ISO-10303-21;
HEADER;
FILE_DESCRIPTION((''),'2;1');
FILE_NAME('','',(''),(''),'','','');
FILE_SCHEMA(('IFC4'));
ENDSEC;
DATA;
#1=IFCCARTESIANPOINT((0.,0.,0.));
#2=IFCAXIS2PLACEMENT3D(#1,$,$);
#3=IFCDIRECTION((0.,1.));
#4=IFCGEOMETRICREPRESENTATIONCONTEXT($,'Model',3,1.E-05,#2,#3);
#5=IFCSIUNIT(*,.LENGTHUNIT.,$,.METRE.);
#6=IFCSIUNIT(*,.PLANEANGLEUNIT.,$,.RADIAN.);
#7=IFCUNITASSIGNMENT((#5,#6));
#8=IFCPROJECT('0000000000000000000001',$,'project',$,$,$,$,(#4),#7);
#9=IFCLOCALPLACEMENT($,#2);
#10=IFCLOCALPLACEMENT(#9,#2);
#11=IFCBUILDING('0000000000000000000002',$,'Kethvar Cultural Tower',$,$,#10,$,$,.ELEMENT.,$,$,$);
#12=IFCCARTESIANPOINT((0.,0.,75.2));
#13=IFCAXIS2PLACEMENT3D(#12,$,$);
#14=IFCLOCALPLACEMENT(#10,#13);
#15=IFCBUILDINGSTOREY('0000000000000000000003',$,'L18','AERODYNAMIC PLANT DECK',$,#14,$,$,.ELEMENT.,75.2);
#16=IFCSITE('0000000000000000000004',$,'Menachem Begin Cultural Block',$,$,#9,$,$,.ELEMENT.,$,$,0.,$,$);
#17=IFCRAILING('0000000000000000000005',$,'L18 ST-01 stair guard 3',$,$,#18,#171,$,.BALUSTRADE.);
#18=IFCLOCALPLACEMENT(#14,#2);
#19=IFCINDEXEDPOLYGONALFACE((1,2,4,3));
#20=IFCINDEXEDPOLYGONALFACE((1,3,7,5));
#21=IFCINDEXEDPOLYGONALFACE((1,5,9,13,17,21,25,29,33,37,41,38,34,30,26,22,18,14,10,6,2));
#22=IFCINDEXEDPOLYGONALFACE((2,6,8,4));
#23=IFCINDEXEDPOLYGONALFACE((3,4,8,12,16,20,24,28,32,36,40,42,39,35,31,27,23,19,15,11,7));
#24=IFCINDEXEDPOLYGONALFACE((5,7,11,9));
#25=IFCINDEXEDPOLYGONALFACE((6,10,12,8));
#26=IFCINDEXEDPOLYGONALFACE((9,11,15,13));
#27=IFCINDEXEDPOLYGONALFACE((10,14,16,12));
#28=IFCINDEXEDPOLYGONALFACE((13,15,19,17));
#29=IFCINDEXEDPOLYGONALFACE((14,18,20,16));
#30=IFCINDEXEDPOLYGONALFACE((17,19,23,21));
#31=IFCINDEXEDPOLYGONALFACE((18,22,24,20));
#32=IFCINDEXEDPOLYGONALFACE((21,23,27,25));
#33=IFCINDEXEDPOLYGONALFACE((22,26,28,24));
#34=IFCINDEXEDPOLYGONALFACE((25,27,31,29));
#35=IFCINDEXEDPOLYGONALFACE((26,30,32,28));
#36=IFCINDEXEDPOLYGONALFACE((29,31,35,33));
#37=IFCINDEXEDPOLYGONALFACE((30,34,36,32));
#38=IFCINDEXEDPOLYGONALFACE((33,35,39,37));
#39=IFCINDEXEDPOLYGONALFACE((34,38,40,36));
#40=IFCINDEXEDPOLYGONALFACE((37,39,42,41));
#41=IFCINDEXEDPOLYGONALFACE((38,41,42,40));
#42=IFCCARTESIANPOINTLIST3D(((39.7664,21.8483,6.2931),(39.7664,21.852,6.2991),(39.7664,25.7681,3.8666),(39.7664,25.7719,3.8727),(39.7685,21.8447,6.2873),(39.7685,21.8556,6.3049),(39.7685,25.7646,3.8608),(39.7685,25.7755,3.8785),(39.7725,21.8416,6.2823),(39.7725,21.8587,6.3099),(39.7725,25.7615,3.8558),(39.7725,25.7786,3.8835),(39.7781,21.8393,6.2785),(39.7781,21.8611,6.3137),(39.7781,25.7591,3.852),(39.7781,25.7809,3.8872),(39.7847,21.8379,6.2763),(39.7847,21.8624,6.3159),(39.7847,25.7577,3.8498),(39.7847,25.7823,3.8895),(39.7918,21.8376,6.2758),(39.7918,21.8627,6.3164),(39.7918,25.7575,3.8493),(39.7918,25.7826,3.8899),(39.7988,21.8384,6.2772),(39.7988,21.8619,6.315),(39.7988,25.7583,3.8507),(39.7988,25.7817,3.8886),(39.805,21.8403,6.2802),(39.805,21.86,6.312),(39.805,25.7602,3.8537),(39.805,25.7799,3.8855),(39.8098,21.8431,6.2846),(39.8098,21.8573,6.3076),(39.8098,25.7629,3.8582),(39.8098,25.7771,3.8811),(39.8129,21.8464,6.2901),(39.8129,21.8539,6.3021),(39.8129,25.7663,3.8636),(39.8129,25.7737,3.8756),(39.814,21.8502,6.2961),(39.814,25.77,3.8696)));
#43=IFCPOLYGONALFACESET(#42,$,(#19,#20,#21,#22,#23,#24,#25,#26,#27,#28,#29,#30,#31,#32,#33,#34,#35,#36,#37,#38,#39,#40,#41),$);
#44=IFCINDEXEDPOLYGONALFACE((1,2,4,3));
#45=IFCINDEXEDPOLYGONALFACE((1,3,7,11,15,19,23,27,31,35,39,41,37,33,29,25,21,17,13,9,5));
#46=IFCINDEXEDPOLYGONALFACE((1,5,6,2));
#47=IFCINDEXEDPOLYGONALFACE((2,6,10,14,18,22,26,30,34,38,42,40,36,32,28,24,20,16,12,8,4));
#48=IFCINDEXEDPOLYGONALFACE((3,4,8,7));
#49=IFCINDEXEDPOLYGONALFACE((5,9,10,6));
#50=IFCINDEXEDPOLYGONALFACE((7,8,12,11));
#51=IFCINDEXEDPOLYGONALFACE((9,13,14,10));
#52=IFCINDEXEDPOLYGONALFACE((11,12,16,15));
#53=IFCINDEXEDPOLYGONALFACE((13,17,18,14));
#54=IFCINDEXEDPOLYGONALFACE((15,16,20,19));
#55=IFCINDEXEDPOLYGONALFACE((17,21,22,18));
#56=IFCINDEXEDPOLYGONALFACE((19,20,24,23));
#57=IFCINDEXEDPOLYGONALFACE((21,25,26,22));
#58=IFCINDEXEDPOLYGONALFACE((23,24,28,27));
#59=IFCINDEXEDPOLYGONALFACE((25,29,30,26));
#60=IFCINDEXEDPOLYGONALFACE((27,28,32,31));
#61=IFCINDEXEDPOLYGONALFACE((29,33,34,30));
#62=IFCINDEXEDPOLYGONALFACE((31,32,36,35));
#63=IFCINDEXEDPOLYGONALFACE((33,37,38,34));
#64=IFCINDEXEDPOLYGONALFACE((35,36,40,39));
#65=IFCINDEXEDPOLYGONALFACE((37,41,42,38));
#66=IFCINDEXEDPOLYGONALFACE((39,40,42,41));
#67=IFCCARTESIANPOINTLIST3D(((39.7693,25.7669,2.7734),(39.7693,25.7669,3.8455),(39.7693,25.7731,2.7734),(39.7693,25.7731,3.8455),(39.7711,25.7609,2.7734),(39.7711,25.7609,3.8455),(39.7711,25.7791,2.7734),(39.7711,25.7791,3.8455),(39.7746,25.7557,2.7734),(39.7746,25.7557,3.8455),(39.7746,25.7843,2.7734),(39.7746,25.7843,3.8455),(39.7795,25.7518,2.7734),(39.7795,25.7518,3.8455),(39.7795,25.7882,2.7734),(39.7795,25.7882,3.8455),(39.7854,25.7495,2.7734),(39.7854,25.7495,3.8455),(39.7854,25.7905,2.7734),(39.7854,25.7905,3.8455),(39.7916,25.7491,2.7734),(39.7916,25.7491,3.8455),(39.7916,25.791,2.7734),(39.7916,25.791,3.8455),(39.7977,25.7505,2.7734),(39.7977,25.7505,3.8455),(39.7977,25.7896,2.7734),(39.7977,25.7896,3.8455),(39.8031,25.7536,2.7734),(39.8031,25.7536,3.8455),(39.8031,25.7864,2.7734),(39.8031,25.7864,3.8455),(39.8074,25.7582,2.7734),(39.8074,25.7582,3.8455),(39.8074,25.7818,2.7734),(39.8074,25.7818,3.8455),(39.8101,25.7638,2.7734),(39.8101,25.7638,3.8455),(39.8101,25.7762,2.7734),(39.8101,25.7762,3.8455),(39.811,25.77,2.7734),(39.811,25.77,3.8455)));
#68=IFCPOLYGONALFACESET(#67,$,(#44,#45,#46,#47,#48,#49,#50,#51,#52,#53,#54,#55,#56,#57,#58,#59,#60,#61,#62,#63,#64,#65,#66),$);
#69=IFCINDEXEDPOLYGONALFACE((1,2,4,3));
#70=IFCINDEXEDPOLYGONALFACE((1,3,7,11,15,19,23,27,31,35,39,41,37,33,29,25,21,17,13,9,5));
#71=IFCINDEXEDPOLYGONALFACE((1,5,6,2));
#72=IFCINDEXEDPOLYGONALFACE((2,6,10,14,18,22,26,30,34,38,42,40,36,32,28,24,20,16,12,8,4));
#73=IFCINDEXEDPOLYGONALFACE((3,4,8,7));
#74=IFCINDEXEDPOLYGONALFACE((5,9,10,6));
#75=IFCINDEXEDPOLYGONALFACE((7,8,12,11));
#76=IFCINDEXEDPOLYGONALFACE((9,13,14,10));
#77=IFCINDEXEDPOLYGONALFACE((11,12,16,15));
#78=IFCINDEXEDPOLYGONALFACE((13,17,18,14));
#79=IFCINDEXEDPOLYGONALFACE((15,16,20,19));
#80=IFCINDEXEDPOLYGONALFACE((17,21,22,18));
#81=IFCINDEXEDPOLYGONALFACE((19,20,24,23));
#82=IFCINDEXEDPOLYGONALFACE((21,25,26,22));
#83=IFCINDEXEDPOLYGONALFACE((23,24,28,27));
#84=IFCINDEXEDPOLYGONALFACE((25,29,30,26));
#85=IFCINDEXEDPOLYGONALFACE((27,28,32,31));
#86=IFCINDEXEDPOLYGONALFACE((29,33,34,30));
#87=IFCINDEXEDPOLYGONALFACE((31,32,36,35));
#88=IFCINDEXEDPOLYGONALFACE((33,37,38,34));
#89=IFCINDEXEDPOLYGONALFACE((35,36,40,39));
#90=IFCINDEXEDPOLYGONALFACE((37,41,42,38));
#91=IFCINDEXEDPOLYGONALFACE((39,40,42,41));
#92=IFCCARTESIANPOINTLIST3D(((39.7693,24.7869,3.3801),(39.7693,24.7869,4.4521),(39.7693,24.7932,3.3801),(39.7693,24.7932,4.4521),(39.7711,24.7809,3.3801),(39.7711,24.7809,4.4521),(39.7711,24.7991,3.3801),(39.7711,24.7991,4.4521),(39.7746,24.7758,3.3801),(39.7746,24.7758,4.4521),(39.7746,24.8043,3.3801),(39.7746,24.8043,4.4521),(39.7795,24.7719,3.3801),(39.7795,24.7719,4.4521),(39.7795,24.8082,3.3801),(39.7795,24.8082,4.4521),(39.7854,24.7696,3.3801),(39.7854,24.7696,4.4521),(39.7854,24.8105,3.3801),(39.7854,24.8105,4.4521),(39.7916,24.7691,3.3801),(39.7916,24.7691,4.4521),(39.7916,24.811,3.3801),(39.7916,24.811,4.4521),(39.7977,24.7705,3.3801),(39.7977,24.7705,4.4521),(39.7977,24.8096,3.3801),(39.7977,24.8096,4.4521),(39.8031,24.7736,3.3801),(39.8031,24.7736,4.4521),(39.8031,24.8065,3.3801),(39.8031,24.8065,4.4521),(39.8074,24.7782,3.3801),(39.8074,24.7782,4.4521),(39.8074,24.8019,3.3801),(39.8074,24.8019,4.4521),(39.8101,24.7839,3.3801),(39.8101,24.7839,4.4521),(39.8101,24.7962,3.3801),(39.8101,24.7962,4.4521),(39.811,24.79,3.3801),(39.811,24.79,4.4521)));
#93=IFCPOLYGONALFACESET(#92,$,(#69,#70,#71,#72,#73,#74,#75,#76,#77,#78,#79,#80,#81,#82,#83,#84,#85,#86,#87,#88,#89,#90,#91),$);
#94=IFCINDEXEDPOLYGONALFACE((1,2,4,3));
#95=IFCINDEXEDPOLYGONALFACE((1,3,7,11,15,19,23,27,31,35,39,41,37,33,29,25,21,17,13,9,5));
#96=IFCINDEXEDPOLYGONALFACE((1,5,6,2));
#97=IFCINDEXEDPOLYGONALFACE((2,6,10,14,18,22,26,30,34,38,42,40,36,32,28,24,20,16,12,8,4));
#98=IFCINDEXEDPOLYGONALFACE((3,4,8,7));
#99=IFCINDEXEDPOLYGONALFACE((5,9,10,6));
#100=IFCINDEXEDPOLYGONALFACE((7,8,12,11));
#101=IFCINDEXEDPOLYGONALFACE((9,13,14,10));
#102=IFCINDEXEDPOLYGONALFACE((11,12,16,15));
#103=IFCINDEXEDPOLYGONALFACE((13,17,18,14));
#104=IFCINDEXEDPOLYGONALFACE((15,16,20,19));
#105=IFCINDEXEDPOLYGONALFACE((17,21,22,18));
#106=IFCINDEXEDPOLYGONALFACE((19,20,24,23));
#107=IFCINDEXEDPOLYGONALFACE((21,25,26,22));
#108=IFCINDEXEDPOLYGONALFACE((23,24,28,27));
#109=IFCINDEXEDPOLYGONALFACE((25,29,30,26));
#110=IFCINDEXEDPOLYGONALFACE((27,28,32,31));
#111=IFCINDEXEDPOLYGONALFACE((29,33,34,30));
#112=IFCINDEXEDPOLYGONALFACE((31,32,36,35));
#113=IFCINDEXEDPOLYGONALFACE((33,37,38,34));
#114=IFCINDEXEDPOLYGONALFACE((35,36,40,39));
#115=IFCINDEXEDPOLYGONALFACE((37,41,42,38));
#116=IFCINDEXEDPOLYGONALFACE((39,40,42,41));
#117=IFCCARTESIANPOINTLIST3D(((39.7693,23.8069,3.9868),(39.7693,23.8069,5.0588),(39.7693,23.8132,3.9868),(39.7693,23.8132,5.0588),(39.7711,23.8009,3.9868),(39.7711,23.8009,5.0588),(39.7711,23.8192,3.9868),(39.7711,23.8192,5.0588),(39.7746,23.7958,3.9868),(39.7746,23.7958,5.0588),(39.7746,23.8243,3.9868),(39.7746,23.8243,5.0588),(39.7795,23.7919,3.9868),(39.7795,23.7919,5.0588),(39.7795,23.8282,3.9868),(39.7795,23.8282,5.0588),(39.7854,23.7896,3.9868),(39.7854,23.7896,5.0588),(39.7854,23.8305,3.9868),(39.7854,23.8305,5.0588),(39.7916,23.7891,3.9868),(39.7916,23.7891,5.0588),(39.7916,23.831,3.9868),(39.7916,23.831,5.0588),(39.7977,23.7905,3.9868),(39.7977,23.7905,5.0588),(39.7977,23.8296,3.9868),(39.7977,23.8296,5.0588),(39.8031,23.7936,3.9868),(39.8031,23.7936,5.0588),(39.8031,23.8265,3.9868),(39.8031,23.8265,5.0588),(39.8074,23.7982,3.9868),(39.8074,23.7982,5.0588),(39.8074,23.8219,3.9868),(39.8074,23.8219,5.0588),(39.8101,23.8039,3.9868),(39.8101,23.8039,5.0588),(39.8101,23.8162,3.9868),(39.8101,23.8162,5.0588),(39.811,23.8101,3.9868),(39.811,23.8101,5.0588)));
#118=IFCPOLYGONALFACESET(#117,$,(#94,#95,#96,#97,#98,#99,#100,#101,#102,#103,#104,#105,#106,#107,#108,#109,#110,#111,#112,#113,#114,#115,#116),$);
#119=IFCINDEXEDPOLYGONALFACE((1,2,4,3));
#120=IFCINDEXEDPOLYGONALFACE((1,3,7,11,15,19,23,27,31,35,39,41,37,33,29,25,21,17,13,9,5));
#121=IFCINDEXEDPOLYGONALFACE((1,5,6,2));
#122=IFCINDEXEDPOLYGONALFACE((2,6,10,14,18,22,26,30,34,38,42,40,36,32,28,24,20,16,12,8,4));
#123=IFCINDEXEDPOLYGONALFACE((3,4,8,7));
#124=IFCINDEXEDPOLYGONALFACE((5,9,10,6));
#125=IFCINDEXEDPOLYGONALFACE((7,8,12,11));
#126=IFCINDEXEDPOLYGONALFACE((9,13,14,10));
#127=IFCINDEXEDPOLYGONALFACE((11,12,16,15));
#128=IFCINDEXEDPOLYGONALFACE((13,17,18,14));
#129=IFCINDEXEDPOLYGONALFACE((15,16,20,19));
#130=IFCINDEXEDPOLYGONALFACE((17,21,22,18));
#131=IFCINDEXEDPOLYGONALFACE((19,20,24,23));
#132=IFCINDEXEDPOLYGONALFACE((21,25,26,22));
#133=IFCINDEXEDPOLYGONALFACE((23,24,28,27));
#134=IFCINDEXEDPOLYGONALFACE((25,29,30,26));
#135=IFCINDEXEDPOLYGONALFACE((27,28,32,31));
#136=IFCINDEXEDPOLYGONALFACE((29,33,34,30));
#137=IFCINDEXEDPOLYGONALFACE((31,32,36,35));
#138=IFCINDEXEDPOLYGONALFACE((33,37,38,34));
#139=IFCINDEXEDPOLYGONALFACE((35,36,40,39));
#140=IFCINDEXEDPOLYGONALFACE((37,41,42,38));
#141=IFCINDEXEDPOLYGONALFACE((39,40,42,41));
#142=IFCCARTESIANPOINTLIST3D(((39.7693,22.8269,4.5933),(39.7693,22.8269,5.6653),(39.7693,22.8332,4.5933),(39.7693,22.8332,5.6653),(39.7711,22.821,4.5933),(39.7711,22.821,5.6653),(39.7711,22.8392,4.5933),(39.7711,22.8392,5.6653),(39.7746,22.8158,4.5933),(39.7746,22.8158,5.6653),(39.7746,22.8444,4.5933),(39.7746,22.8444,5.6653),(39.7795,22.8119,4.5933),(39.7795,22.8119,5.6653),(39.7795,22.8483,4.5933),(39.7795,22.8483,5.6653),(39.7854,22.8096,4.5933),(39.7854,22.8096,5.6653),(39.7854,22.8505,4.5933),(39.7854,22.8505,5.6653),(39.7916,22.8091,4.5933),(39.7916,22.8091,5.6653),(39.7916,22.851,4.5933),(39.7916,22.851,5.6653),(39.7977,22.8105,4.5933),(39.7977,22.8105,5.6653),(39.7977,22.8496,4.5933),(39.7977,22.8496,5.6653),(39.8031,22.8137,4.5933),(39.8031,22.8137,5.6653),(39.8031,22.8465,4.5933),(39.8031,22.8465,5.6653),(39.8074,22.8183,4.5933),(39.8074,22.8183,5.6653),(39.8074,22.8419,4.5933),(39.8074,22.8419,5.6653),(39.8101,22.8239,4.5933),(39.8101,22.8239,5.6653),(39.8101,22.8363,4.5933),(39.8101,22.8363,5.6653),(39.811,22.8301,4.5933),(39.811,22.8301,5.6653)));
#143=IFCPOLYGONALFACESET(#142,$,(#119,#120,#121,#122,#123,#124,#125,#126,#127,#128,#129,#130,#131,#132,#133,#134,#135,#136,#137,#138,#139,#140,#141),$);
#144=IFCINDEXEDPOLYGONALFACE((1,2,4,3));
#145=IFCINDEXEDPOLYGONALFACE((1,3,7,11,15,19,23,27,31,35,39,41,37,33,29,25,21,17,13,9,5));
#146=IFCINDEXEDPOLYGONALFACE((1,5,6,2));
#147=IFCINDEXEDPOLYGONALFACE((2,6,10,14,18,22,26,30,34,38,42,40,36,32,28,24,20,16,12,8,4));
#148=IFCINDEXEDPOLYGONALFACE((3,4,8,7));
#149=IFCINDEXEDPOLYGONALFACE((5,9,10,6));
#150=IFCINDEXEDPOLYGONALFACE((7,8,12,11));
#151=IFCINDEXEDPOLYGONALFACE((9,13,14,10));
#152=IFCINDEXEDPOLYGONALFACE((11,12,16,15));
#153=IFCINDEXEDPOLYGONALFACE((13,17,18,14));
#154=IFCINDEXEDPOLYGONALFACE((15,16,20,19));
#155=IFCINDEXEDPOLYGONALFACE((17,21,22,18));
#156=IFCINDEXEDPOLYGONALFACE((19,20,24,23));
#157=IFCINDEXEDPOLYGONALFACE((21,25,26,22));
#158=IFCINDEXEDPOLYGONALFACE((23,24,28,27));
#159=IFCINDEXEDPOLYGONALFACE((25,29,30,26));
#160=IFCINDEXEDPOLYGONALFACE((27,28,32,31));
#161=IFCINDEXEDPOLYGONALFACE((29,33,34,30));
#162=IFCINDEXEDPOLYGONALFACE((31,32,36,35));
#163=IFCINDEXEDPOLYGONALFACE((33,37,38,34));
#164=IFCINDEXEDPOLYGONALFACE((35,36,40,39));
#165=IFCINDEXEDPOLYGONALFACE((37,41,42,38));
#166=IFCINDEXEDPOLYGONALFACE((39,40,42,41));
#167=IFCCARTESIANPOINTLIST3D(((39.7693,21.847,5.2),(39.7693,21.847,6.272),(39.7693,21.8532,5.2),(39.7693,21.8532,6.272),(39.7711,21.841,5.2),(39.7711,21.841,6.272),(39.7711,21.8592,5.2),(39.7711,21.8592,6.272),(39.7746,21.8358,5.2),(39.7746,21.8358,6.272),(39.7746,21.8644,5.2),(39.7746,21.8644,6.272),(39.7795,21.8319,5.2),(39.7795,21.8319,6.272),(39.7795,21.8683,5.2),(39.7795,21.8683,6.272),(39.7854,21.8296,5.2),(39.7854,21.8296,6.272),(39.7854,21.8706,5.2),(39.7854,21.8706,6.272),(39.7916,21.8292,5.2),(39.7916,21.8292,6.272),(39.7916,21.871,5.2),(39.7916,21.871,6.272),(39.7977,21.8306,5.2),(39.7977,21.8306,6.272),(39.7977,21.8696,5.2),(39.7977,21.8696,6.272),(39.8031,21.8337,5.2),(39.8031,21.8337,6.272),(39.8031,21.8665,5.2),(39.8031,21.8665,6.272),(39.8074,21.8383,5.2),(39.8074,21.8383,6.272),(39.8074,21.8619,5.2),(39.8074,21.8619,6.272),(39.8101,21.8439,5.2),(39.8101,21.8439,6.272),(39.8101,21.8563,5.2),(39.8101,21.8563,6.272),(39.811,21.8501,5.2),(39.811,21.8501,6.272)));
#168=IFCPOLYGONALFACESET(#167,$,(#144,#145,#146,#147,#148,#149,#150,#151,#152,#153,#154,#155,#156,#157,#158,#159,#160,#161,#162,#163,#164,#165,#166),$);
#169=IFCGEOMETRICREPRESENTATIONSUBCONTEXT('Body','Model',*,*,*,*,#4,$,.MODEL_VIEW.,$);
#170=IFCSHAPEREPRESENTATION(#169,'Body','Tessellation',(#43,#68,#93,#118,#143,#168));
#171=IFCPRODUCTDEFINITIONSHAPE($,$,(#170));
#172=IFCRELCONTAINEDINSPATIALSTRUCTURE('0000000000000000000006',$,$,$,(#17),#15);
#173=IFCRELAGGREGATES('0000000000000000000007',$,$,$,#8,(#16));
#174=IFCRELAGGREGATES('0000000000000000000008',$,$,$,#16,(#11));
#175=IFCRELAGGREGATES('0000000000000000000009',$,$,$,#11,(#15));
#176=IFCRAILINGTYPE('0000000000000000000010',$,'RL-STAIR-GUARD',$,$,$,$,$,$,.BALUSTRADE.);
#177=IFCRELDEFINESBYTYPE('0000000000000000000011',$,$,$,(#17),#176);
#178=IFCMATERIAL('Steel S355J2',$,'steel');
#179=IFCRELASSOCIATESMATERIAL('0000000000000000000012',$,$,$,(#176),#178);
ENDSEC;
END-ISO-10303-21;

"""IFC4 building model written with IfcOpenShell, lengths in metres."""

from ifc_helpers import new_model, si_unit, direction, frame, origin, origin_2d, place, context, subcontext, project, spatial, circle, extrude, material, type_object, element, save


model = new_model("IFC4")

# Units and contexts
model_context = context("Model", 3, precision=1e-05, world=origin(), true_north=direction((0.0, 1.0)))
body_context = subcontext(model_context, "Body", "Model", "MODEL_VIEW")
ifc_project = project(units=[si_unit("LENGTHUNIT", "METRE"), si_unit("PLANEANGLEUNIT", "RADIAN")], contexts=[model_context])

# Site, building, storey
site_placement = place(None, origin())
site = spatial("IfcSite", under=ifc_project, at=site_placement, Name="Menachem Begin Cultural Block", CompositionType="ELEMENT", RefElevation=0.0)
building_placement = place(site_placement, origin())
building = spatial("IfcBuilding", under=site, at=building_placement, Name="Kethvar Cultural Tower", CompositionType="ELEMENT")
storey_placement = place(building_placement, frame((0.0, 0.0, 75.2)))
storey = spatial("IfcBuildingStorey", under=building, at=storey_placement, Name="L18", Description="AERODYNAMIC PLANT DECK", CompositionType="ELEMENT", Elevation=75.2)

# Shared definitions
ifc_material_1 = material(Name="Steel S355J2", Category="steel")

# Railing
railing_type_1 = type_object("IfcRailingType", Name="RL-STAIR-GUARD", PredefinedType="BALUSTRADE", material=ifc_material_1)
railing_1_placement = place(storey_placement, frame((39.79, 25.77, 2.7734)))
element("IfcRailing", 1, at=railing_1_placement, inside=storey, type_object=railing_type_1, Name="L18 ST-01 stair guard 3", PredefinedType="BALUSTRADE", context=body_context, shape_type="SweptSolid", body=[
    extrude(circle(Radius=0.0239, at=origin_2d()), frame((0.0, 0.0, 1.0962), z_axis=(0.0, -0.850275, 0.526338), x_axis=(1.0, 0.0, 0.0)), (0.0, 0.0, 1.0), 4.6101),
    extrude(circle(Radius=0.021, at=origin_2d()), origin(), (0.0, 0.0, 1.0), 1.072),
    extrude(circle(Radius=0.021, at=origin_2d()), frame((0.0, -0.98, 0.6067)), (0.0, 0.0, 1.0), 1.072),
    extrude(circle(Radius=0.021, at=origin_2d()), frame((0.0, -1.96, 1.2134)), (0.0, 0.0, 1.0), 1.072),
    extrude(circle(Radius=0.021, at=origin_2d()), frame((0.0, -2.9399, 1.8198)), (0.0, 0.0, 1.0), 1.072),
    extrude(circle(Radius=0.021, at=origin_2d()), frame((0.0, -3.9199, 2.4265)), (0.0, 0.0, 1.0), 1.072),
])

save(model, "model.ifc")
